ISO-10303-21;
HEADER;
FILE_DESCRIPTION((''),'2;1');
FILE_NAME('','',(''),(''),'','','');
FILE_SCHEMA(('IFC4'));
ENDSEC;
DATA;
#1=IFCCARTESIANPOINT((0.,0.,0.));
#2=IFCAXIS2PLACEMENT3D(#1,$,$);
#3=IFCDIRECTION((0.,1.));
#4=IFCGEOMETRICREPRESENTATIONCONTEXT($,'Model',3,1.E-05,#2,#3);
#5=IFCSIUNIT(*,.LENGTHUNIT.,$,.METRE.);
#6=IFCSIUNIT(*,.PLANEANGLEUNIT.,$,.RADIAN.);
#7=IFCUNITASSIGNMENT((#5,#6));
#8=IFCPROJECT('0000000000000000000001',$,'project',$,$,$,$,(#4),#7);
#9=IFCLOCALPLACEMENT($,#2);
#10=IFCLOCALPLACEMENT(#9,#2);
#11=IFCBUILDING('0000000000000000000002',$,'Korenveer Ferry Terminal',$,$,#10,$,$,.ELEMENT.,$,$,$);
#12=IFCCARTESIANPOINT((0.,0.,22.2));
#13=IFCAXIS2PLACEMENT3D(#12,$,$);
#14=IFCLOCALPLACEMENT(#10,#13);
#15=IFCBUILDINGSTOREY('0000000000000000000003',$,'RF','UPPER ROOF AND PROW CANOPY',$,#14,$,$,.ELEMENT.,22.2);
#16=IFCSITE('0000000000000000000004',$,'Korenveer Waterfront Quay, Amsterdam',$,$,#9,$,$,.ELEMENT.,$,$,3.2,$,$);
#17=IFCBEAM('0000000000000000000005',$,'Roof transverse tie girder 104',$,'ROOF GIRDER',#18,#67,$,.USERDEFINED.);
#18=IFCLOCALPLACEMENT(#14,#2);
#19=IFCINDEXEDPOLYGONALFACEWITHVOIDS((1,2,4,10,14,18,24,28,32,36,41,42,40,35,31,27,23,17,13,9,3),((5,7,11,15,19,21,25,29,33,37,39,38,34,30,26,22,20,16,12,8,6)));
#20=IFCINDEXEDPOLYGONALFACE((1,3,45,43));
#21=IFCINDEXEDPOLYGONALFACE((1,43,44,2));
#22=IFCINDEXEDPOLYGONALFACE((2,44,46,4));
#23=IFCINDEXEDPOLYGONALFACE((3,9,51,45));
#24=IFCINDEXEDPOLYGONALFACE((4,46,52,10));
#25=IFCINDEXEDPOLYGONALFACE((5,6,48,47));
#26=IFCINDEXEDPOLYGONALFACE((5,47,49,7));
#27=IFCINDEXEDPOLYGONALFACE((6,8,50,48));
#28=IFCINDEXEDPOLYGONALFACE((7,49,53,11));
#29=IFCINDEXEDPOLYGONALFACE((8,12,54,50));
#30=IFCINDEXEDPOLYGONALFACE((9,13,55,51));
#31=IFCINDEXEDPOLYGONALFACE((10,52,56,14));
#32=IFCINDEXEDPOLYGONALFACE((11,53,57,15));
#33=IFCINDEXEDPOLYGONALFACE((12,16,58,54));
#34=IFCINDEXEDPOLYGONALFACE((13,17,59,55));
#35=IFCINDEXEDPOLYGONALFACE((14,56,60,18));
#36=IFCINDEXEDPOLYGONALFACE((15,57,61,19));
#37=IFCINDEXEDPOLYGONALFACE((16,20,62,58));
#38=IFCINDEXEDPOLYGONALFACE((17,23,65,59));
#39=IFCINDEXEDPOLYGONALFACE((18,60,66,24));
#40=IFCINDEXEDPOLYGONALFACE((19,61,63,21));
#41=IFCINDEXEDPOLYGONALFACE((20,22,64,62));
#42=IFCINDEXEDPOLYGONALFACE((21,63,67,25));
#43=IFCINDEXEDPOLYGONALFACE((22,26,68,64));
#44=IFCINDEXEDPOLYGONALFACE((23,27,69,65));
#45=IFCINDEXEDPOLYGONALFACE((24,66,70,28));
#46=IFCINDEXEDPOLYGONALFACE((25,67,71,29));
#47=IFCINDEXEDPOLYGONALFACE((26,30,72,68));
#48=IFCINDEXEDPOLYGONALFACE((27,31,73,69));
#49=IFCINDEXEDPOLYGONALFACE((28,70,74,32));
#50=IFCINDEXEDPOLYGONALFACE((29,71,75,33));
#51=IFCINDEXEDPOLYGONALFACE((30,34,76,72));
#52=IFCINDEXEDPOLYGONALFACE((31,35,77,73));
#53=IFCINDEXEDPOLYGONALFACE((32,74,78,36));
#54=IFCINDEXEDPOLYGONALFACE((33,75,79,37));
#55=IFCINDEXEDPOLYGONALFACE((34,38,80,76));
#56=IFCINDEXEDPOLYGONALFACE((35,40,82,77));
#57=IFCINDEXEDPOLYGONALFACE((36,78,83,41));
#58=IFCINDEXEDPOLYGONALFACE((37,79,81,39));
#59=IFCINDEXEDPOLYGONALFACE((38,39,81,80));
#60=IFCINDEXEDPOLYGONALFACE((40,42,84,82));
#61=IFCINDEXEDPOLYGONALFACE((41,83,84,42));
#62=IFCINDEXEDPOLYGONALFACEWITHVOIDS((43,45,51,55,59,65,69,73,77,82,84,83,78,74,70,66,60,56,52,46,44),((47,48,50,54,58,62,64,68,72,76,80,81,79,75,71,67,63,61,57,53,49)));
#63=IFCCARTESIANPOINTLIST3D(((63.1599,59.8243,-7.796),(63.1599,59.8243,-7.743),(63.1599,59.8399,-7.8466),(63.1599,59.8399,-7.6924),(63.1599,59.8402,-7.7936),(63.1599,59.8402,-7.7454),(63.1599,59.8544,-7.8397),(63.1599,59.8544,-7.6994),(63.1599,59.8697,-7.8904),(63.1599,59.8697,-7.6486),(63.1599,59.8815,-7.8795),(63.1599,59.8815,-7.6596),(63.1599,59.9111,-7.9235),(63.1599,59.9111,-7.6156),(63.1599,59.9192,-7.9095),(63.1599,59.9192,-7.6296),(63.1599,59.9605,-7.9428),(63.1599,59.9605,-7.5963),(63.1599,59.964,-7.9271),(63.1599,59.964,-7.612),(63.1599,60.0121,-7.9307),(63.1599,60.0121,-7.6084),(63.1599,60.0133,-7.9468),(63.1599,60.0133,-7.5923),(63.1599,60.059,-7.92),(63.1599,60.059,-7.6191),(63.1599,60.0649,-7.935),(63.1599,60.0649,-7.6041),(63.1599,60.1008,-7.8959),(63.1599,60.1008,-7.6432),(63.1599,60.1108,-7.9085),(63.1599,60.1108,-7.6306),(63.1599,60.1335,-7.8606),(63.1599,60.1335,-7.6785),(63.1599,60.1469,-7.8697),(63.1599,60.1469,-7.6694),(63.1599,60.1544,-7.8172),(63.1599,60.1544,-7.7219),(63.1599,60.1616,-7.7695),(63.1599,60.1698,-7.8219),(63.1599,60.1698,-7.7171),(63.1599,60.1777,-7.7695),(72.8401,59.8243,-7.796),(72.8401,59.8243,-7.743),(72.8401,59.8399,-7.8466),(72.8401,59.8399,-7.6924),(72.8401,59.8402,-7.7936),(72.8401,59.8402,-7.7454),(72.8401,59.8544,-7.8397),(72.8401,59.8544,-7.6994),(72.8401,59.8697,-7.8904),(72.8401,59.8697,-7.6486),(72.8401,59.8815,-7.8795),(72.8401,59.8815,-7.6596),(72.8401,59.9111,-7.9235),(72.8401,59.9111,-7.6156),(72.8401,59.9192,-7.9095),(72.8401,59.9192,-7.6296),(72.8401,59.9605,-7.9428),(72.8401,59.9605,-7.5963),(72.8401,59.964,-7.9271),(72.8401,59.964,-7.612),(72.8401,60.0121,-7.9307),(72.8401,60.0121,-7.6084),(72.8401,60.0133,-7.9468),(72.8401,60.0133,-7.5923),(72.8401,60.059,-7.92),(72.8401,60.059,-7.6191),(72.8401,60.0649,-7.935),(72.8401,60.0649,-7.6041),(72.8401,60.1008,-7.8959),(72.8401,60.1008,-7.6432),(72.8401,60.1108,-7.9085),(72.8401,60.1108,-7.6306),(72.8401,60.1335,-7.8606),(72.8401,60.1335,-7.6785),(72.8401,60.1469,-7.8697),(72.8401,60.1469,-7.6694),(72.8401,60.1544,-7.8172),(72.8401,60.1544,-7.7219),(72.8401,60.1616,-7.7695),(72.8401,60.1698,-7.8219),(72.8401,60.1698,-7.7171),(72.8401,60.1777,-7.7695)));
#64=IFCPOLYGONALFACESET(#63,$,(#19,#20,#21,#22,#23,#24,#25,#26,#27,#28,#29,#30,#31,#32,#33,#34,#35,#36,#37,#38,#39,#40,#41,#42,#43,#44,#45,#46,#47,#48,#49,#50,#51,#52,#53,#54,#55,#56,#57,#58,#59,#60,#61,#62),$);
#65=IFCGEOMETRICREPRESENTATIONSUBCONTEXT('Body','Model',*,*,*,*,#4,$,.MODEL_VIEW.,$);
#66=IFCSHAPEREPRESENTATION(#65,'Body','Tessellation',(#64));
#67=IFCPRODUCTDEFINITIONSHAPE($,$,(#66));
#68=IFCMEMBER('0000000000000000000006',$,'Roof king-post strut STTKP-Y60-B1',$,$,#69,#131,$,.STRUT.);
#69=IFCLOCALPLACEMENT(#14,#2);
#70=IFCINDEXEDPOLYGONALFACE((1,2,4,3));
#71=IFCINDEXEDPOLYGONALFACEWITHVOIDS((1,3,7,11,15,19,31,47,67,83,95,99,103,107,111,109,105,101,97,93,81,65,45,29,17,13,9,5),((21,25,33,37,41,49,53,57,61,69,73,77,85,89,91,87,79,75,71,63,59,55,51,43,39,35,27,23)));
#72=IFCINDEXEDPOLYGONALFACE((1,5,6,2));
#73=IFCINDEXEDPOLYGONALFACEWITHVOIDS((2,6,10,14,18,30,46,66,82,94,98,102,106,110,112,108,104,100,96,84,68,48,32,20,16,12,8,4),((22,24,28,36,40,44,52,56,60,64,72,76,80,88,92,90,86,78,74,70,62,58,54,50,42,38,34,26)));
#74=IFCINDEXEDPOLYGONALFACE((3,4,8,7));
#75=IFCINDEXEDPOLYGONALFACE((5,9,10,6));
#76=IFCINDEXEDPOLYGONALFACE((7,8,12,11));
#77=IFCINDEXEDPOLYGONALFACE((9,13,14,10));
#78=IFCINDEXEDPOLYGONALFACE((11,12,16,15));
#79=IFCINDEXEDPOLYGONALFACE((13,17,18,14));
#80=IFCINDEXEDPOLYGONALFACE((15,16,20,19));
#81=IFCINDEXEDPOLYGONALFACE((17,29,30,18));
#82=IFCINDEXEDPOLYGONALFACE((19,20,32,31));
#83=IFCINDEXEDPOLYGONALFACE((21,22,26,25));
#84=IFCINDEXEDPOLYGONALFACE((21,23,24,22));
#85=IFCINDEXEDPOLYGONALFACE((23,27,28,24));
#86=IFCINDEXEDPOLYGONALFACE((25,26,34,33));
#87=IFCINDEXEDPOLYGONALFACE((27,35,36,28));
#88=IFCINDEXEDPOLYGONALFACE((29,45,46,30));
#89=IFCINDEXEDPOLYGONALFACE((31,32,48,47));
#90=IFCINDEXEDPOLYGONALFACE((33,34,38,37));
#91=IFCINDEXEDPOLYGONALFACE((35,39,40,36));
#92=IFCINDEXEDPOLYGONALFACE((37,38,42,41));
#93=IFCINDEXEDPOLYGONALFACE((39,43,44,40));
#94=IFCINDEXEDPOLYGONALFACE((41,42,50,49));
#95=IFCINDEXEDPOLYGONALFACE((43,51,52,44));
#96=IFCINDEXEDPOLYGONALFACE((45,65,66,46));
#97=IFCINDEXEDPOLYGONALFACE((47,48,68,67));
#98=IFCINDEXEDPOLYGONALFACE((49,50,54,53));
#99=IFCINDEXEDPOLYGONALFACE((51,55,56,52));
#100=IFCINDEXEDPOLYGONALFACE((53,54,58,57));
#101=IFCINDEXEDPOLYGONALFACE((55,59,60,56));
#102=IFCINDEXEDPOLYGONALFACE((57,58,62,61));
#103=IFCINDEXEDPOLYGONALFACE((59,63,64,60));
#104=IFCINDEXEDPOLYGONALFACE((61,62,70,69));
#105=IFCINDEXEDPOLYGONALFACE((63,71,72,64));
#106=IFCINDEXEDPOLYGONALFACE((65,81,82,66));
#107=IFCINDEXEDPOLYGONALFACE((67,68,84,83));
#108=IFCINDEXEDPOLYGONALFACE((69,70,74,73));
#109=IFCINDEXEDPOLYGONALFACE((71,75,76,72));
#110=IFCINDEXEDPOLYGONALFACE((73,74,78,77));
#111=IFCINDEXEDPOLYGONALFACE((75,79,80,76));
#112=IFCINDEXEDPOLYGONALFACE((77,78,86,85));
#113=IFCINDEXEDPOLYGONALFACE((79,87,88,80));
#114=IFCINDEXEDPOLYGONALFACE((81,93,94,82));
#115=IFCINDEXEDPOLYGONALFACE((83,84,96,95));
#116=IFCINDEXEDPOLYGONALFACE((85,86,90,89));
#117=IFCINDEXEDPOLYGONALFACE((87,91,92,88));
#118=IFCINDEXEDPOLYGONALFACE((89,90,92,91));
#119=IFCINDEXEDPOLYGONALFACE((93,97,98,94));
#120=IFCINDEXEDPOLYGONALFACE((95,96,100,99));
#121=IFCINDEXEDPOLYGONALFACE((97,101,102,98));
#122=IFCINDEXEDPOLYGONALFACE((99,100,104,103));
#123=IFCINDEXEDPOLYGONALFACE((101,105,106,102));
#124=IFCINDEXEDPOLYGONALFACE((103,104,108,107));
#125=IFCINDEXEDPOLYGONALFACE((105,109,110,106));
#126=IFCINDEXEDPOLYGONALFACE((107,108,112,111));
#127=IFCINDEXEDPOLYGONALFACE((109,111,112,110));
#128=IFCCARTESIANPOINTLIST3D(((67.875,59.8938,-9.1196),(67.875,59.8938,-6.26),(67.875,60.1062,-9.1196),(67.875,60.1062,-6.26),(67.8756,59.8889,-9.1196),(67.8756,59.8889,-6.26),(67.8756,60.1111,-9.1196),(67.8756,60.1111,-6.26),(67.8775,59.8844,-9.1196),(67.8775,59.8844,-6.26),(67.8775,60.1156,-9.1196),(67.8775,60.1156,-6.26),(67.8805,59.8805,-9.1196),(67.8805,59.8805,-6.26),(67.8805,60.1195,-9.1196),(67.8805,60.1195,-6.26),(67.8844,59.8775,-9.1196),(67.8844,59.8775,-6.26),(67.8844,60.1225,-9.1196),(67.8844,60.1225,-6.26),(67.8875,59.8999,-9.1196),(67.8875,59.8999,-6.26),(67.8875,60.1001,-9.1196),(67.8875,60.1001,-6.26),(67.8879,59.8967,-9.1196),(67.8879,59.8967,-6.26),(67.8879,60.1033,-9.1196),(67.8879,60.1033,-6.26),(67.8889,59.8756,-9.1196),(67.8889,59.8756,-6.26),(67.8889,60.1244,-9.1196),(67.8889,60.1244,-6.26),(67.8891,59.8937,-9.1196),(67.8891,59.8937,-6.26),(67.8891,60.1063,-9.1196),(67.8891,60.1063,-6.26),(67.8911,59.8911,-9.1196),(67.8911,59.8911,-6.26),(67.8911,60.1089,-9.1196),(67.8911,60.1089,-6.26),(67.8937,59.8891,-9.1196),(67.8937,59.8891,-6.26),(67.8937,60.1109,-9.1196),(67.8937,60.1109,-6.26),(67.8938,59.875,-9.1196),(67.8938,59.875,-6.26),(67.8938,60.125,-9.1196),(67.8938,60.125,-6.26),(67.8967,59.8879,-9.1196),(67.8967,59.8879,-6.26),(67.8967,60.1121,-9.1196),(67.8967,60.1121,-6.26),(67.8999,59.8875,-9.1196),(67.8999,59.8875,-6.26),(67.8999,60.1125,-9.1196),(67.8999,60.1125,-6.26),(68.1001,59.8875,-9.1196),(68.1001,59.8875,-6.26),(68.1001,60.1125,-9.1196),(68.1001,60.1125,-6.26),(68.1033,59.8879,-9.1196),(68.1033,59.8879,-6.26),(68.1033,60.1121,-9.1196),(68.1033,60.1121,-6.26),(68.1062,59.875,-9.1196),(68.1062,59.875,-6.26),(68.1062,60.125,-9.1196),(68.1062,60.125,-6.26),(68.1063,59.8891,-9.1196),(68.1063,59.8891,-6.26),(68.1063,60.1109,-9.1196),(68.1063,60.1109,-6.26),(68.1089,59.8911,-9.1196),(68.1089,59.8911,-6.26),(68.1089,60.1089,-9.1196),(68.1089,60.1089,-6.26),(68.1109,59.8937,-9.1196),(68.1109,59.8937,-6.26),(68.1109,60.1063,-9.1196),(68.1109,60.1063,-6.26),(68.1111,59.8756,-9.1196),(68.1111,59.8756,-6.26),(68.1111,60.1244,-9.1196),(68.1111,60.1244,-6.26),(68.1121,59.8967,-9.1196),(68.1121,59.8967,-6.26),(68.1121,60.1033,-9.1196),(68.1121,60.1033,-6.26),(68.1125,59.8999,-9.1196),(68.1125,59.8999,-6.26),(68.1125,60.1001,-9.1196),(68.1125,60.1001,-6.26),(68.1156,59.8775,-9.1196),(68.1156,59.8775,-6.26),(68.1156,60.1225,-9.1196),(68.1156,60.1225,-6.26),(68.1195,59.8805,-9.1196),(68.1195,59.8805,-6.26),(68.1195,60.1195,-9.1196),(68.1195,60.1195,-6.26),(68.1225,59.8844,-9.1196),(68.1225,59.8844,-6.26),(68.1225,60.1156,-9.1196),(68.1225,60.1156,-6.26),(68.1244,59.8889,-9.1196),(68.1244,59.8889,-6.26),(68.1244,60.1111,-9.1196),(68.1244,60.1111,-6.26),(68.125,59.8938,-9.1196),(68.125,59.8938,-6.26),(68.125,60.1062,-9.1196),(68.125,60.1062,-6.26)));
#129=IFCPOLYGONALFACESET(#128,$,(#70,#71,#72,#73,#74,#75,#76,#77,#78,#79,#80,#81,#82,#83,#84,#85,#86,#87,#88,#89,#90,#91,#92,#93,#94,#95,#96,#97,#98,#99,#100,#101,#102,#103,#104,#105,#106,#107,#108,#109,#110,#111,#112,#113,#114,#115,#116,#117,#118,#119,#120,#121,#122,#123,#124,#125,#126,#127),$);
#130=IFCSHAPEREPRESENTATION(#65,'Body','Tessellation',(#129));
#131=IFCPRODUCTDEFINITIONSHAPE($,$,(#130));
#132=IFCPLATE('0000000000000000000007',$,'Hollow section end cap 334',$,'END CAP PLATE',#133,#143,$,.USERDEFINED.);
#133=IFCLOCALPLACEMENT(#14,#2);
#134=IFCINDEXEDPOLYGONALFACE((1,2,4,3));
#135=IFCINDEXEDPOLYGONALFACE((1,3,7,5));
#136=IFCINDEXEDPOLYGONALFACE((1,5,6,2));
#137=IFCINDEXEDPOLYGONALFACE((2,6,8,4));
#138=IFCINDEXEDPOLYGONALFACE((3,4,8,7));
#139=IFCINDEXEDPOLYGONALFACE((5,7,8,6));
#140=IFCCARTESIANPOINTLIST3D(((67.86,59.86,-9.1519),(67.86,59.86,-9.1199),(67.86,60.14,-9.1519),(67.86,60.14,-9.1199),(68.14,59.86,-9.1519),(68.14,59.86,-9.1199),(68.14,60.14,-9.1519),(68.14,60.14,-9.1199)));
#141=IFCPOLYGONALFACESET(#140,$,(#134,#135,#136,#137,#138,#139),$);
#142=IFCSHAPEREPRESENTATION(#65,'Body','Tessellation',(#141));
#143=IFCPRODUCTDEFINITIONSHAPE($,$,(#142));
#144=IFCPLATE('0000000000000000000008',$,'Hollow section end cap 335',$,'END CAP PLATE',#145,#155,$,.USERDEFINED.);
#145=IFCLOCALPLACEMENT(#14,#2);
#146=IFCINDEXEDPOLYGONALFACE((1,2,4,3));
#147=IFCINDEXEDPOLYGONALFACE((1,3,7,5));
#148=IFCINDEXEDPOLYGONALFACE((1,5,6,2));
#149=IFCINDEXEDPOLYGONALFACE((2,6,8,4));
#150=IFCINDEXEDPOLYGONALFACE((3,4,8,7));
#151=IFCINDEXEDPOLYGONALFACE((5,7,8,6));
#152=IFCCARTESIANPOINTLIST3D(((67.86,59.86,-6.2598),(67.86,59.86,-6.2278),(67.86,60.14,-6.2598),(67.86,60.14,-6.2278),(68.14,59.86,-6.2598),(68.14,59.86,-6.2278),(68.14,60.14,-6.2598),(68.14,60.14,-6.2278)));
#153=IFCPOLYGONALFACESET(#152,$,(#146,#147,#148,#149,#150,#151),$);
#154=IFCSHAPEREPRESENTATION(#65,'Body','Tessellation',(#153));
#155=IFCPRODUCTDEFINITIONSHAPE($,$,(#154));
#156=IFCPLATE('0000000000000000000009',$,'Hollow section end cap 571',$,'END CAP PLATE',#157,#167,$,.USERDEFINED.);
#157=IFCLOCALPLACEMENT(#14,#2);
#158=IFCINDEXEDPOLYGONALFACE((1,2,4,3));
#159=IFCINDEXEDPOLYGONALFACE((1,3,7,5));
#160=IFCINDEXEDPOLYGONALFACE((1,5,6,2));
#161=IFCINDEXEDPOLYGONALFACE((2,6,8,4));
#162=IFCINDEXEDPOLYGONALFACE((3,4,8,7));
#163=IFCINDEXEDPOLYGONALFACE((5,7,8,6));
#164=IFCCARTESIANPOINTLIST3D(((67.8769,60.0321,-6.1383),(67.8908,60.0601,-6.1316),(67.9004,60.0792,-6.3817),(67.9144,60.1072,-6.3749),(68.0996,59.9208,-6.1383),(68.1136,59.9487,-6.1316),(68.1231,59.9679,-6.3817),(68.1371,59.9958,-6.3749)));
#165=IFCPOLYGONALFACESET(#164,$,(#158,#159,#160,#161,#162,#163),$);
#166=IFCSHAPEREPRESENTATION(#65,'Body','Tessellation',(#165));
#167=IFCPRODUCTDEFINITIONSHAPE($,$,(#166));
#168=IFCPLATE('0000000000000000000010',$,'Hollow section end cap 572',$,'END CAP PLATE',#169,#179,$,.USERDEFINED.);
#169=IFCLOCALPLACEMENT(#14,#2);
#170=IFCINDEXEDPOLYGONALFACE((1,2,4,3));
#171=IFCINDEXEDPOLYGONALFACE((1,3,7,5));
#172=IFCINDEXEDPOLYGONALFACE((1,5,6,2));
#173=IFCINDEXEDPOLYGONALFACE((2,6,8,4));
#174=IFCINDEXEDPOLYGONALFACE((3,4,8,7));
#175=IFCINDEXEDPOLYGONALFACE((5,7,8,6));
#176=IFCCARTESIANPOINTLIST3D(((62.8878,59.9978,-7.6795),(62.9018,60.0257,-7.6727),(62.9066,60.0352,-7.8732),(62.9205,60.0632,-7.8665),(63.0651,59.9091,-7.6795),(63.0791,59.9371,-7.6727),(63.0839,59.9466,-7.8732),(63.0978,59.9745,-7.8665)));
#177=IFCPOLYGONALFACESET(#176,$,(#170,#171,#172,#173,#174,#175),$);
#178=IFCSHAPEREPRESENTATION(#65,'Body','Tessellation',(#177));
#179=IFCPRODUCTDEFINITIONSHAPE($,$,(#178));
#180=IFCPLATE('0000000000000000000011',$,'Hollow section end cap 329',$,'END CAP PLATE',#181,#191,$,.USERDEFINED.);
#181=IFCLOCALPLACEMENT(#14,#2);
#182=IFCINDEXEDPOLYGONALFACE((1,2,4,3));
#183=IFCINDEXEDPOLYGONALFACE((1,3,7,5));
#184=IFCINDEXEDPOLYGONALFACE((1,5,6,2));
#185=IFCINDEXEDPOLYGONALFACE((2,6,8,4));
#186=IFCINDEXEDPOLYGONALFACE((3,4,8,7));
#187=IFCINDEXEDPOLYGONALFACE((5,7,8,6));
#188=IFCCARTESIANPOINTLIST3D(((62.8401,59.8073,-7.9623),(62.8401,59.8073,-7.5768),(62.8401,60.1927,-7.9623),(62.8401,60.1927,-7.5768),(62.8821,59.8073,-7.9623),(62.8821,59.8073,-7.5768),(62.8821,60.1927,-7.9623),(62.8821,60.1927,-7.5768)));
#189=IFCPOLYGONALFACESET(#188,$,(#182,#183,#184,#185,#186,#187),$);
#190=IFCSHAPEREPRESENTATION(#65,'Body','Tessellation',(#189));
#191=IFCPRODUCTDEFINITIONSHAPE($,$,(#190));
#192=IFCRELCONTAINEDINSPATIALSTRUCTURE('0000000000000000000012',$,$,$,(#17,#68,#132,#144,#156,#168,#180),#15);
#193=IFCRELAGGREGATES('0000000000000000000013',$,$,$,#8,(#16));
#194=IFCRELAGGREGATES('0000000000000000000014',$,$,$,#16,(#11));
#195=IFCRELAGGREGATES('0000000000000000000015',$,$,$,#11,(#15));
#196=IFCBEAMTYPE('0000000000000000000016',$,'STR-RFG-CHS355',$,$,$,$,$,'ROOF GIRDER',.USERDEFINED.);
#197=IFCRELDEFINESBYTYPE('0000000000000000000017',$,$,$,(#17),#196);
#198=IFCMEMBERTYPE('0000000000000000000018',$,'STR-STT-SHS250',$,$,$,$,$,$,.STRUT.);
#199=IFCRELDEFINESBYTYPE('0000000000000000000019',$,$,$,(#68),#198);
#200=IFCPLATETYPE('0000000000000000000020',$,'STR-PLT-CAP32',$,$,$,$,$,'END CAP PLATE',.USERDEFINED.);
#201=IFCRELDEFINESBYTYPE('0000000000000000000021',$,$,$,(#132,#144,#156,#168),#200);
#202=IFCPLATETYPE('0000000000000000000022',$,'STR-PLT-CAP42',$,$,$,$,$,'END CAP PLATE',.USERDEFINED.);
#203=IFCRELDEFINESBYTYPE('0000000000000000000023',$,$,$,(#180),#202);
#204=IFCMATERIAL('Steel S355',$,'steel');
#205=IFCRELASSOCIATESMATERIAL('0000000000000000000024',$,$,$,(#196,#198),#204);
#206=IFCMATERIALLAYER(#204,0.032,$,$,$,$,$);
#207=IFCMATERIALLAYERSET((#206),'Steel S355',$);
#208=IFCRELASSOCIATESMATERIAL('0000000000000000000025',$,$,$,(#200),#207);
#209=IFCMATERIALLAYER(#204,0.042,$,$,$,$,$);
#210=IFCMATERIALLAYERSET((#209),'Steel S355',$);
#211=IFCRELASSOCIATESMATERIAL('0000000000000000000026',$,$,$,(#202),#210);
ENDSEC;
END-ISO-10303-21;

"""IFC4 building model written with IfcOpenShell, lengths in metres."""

from ifc_helpers import new_model, si_unit, direction, frame, origin, origin_2d, place, context, subcontext, project, spatial, rectangle, hollow_rectangle, hollow_circle, extrude, material, layer, layer_set, material_profile, profile_set, type_object, element, save


model = new_model("IFC4")

# Units and contexts
model_context = context("Model", 3, precision=1e-05, world=origin(), true_north=direction((0.0, 1.0)))
body_context = subcontext(model_context, "Body", "Model", "MODEL_VIEW")
ifc_project = project(units=[si_unit("LENGTHUNIT", "METRE"), si_unit("PLANEANGLEUNIT", "RADIAN")], contexts=[model_context])

# Site, building, storey
site_placement = place(None, origin())
site = spatial("IfcSite", under=ifc_project, at=site_placement, Name="Korenveer Waterfront Quay, Amsterdam", CompositionType="ELEMENT", RefElevation=3.2)
building_placement = place(site_placement, origin())
building = spatial("IfcBuilding", under=site, at=building_placement, Name="Korenveer Ferry Terminal", CompositionType="ELEMENT")
storey_placement = place(building_placement, frame((0.0, 0.0, 22.2)))
storey = spatial("IfcBuildingStorey", under=building, at=storey_placement, Name="RF", Description="UPPER ROOF AND PROW CANOPY", CompositionType="ELEMENT", Elevation=22.2)

# Shared definitions
ifc_material_1 = material(Name="Steel S355", Category="steel")

# Beam
ifc_material_profile_1 = material_profile(ifc_material_1, hollow_circle(Radius=0.1777, WallThickness=0.0161, at=origin_2d()), Name="CHS 355.6x16")
ifc_profile_set_1 = profile_set([ifc_material_profile_1], Name="Steel S355")
beam_type = type_object("IfcBeamType", Name="STR-RFG-CHS355", ElementType="ROOF GIRDER", PredefinedType="USERDEFINED", material=ifc_profile_set_1)
beam_placement = place(storey_placement, frame((63.1599, 60.0, -7.7695), z_axis=(1.0, 0.0, 0.0), x_axis=(0.0, 1.0, 0.0)))
element("IfcBeam", 1, at=beam_placement, inside=storey, type_object=beam_type, Name="Roof transverse tie girder 104", ObjectType="ROOF GIRDER", PredefinedType="USERDEFINED", context=body_context, shape_type="SweptSolid", body=[
    extrude(hollow_circle(Radius=0.1777, WallThickness=0.0161, at=origin_2d()), origin(), (0.0, 0.0, 1.0), 9.6802),
])

# Member
ifc_material_profile_2 = material_profile(ifc_material_1, hollow_rectangle(XDim=0.25, YDim=0.25, WallThickness=0.0125, InnerFilletRadius=0.0125, OuterFilletRadius=0.0188, at=origin_2d()), Name="SHS 250x250x12.5")
ifc_profile_set_2 = profile_set([ifc_material_profile_2], Name="Steel S355")
member_type_1 = type_object("IfcMemberType", Name="STR-STT-SHS250", PredefinedType="STRUT", material=ifc_profile_set_2)
member_1_placement = place(storey_placement, frame((68.0, 60.0, -9.1196), z_axis=(0.0, 0.0, 1.0), x_axis=(1.0, 0.0, 0.0)))
element("IfcMember", 2, at=member_1_placement, inside=storey, type_object=member_type_1, Name="Roof king-post strut STTKP-Y60-B1", PredefinedType="STRUT", context=body_context, shape_type="SweptSolid", body=[
    extrude(hollow_rectangle(XDim=0.25, YDim=0.25, WallThickness=0.0125, InnerFilletRadius=0.0125, OuterFilletRadius=0.0188, at=origin_2d()), origin(), (0.0, 0.0, 1.0), 2.8596),
])

# Plates
ifc_layer_1 = layer(ifc_material_1, 0.032)
ifc_layer_set_1 = layer_set([ifc_layer_1], Name="Steel S355")
plate_type_1 = type_object("IfcPlateType", Name="STR-PLT-CAP32", ElementType="END CAP PLATE", PredefinedType="USERDEFINED", material=ifc_layer_set_1)
for number, where, z_axis, x_axis, name in (
    (3, (68.0, 60.0, -9.1519), (0.0, 0.0, 1.0), (1.0, 0.0, 0.0), "Hollow section end cap 334"),
    (4, (68.0, 60.0, -6.2598), (0.0, 0.0, 1.0), (1.0, 0.0, 0.0), "Hollow section end cap 335"),
):
    element("IfcPlate", number, at=place(storey_placement, frame(where, z_axis=z_axis, x_axis=x_axis)), inside=storey, type_object=plate_type_1, Name=name, ObjectType="END CAP PLATE", PredefinedType="USERDEFINED", context=body_context, shape_type="SweptSolid", body=[
        extrude(rectangle(XDim=0.28, YDim=0.28, at=origin_2d()), origin(), (0.0, 0.0, 1.0), 0.032),
    ])
plate_1_placement = place(storey_placement, frame((68.0, 60.0, -6.26), z_axis=(0.43711, 0.874221, 0.21136), x_axis=(-0.894427, 0.447214, 0.0)))
element("IfcPlate", 5, at=plate_1_placement, inside=storey, type_object=plate_type_1, Name="Hollow section end cap 571", ObjectType="END CAP PLATE", PredefinedType="USERDEFINED", context=body_context, shape_type="SweptSolid", body=[
    extrude(rectangle(XDim=0.249, YDim=0.249, at=origin_2d()), origin(), (0.0, 0.0, 1.0), 0.032),
])
plate_2_placement = place(storey_placement, frame((62.9858, 59.9722, -7.7764), z_axis=(0.43711, 0.874221, 0.21136), x_axis=(-0.894427, 0.447214, 0.0)))
element("IfcPlate", 6, at=plate_2_placement, inside=storey, type_object=plate_type_1, Name="Hollow section end cap 572", ObjectType="END CAP PLATE", PredefinedType="USERDEFINED", context=body_context, shape_type="SweptSolid", body=[
    extrude(rectangle(XDim=0.1982, YDim=0.1982, at=origin_2d()), origin(), (0.0, 0.0, 1.0), 0.032),
])
ifc_layer_2 = layer(ifc_material_1, 0.042)
ifc_layer_set_2 = layer_set([ifc_layer_2], Name="Steel S355")
plate_type_2 = type_object("IfcPlateType", Name="STR-PLT-CAP42", ElementType="END CAP PLATE", PredefinedType="USERDEFINED", material=ifc_layer_set_2)
for number, where, z_axis, x_axis, name in (
    (7, (62.8401, 60.0, -7.7695), (1.0, 0.0, 0.0), (0.0, 1.0, 0.0), "Hollow section end cap 329"),
):
    element("IfcPlate", number, at=place(storey_placement, frame(where, z_axis=z_axis, x_axis=x_axis)), inside=storey, type_object=plate_type_2, Name=name, ObjectType="END CAP PLATE", PredefinedType="USERDEFINED", context=body_context, shape_type="SweptSolid", body=[
        extrude(rectangle(XDim=0.3855, YDim=0.3855, at=origin_2d()), origin(), (0.0, 0.0, 1.0), 0.042),
    ])

save(model, "model.ifc")
